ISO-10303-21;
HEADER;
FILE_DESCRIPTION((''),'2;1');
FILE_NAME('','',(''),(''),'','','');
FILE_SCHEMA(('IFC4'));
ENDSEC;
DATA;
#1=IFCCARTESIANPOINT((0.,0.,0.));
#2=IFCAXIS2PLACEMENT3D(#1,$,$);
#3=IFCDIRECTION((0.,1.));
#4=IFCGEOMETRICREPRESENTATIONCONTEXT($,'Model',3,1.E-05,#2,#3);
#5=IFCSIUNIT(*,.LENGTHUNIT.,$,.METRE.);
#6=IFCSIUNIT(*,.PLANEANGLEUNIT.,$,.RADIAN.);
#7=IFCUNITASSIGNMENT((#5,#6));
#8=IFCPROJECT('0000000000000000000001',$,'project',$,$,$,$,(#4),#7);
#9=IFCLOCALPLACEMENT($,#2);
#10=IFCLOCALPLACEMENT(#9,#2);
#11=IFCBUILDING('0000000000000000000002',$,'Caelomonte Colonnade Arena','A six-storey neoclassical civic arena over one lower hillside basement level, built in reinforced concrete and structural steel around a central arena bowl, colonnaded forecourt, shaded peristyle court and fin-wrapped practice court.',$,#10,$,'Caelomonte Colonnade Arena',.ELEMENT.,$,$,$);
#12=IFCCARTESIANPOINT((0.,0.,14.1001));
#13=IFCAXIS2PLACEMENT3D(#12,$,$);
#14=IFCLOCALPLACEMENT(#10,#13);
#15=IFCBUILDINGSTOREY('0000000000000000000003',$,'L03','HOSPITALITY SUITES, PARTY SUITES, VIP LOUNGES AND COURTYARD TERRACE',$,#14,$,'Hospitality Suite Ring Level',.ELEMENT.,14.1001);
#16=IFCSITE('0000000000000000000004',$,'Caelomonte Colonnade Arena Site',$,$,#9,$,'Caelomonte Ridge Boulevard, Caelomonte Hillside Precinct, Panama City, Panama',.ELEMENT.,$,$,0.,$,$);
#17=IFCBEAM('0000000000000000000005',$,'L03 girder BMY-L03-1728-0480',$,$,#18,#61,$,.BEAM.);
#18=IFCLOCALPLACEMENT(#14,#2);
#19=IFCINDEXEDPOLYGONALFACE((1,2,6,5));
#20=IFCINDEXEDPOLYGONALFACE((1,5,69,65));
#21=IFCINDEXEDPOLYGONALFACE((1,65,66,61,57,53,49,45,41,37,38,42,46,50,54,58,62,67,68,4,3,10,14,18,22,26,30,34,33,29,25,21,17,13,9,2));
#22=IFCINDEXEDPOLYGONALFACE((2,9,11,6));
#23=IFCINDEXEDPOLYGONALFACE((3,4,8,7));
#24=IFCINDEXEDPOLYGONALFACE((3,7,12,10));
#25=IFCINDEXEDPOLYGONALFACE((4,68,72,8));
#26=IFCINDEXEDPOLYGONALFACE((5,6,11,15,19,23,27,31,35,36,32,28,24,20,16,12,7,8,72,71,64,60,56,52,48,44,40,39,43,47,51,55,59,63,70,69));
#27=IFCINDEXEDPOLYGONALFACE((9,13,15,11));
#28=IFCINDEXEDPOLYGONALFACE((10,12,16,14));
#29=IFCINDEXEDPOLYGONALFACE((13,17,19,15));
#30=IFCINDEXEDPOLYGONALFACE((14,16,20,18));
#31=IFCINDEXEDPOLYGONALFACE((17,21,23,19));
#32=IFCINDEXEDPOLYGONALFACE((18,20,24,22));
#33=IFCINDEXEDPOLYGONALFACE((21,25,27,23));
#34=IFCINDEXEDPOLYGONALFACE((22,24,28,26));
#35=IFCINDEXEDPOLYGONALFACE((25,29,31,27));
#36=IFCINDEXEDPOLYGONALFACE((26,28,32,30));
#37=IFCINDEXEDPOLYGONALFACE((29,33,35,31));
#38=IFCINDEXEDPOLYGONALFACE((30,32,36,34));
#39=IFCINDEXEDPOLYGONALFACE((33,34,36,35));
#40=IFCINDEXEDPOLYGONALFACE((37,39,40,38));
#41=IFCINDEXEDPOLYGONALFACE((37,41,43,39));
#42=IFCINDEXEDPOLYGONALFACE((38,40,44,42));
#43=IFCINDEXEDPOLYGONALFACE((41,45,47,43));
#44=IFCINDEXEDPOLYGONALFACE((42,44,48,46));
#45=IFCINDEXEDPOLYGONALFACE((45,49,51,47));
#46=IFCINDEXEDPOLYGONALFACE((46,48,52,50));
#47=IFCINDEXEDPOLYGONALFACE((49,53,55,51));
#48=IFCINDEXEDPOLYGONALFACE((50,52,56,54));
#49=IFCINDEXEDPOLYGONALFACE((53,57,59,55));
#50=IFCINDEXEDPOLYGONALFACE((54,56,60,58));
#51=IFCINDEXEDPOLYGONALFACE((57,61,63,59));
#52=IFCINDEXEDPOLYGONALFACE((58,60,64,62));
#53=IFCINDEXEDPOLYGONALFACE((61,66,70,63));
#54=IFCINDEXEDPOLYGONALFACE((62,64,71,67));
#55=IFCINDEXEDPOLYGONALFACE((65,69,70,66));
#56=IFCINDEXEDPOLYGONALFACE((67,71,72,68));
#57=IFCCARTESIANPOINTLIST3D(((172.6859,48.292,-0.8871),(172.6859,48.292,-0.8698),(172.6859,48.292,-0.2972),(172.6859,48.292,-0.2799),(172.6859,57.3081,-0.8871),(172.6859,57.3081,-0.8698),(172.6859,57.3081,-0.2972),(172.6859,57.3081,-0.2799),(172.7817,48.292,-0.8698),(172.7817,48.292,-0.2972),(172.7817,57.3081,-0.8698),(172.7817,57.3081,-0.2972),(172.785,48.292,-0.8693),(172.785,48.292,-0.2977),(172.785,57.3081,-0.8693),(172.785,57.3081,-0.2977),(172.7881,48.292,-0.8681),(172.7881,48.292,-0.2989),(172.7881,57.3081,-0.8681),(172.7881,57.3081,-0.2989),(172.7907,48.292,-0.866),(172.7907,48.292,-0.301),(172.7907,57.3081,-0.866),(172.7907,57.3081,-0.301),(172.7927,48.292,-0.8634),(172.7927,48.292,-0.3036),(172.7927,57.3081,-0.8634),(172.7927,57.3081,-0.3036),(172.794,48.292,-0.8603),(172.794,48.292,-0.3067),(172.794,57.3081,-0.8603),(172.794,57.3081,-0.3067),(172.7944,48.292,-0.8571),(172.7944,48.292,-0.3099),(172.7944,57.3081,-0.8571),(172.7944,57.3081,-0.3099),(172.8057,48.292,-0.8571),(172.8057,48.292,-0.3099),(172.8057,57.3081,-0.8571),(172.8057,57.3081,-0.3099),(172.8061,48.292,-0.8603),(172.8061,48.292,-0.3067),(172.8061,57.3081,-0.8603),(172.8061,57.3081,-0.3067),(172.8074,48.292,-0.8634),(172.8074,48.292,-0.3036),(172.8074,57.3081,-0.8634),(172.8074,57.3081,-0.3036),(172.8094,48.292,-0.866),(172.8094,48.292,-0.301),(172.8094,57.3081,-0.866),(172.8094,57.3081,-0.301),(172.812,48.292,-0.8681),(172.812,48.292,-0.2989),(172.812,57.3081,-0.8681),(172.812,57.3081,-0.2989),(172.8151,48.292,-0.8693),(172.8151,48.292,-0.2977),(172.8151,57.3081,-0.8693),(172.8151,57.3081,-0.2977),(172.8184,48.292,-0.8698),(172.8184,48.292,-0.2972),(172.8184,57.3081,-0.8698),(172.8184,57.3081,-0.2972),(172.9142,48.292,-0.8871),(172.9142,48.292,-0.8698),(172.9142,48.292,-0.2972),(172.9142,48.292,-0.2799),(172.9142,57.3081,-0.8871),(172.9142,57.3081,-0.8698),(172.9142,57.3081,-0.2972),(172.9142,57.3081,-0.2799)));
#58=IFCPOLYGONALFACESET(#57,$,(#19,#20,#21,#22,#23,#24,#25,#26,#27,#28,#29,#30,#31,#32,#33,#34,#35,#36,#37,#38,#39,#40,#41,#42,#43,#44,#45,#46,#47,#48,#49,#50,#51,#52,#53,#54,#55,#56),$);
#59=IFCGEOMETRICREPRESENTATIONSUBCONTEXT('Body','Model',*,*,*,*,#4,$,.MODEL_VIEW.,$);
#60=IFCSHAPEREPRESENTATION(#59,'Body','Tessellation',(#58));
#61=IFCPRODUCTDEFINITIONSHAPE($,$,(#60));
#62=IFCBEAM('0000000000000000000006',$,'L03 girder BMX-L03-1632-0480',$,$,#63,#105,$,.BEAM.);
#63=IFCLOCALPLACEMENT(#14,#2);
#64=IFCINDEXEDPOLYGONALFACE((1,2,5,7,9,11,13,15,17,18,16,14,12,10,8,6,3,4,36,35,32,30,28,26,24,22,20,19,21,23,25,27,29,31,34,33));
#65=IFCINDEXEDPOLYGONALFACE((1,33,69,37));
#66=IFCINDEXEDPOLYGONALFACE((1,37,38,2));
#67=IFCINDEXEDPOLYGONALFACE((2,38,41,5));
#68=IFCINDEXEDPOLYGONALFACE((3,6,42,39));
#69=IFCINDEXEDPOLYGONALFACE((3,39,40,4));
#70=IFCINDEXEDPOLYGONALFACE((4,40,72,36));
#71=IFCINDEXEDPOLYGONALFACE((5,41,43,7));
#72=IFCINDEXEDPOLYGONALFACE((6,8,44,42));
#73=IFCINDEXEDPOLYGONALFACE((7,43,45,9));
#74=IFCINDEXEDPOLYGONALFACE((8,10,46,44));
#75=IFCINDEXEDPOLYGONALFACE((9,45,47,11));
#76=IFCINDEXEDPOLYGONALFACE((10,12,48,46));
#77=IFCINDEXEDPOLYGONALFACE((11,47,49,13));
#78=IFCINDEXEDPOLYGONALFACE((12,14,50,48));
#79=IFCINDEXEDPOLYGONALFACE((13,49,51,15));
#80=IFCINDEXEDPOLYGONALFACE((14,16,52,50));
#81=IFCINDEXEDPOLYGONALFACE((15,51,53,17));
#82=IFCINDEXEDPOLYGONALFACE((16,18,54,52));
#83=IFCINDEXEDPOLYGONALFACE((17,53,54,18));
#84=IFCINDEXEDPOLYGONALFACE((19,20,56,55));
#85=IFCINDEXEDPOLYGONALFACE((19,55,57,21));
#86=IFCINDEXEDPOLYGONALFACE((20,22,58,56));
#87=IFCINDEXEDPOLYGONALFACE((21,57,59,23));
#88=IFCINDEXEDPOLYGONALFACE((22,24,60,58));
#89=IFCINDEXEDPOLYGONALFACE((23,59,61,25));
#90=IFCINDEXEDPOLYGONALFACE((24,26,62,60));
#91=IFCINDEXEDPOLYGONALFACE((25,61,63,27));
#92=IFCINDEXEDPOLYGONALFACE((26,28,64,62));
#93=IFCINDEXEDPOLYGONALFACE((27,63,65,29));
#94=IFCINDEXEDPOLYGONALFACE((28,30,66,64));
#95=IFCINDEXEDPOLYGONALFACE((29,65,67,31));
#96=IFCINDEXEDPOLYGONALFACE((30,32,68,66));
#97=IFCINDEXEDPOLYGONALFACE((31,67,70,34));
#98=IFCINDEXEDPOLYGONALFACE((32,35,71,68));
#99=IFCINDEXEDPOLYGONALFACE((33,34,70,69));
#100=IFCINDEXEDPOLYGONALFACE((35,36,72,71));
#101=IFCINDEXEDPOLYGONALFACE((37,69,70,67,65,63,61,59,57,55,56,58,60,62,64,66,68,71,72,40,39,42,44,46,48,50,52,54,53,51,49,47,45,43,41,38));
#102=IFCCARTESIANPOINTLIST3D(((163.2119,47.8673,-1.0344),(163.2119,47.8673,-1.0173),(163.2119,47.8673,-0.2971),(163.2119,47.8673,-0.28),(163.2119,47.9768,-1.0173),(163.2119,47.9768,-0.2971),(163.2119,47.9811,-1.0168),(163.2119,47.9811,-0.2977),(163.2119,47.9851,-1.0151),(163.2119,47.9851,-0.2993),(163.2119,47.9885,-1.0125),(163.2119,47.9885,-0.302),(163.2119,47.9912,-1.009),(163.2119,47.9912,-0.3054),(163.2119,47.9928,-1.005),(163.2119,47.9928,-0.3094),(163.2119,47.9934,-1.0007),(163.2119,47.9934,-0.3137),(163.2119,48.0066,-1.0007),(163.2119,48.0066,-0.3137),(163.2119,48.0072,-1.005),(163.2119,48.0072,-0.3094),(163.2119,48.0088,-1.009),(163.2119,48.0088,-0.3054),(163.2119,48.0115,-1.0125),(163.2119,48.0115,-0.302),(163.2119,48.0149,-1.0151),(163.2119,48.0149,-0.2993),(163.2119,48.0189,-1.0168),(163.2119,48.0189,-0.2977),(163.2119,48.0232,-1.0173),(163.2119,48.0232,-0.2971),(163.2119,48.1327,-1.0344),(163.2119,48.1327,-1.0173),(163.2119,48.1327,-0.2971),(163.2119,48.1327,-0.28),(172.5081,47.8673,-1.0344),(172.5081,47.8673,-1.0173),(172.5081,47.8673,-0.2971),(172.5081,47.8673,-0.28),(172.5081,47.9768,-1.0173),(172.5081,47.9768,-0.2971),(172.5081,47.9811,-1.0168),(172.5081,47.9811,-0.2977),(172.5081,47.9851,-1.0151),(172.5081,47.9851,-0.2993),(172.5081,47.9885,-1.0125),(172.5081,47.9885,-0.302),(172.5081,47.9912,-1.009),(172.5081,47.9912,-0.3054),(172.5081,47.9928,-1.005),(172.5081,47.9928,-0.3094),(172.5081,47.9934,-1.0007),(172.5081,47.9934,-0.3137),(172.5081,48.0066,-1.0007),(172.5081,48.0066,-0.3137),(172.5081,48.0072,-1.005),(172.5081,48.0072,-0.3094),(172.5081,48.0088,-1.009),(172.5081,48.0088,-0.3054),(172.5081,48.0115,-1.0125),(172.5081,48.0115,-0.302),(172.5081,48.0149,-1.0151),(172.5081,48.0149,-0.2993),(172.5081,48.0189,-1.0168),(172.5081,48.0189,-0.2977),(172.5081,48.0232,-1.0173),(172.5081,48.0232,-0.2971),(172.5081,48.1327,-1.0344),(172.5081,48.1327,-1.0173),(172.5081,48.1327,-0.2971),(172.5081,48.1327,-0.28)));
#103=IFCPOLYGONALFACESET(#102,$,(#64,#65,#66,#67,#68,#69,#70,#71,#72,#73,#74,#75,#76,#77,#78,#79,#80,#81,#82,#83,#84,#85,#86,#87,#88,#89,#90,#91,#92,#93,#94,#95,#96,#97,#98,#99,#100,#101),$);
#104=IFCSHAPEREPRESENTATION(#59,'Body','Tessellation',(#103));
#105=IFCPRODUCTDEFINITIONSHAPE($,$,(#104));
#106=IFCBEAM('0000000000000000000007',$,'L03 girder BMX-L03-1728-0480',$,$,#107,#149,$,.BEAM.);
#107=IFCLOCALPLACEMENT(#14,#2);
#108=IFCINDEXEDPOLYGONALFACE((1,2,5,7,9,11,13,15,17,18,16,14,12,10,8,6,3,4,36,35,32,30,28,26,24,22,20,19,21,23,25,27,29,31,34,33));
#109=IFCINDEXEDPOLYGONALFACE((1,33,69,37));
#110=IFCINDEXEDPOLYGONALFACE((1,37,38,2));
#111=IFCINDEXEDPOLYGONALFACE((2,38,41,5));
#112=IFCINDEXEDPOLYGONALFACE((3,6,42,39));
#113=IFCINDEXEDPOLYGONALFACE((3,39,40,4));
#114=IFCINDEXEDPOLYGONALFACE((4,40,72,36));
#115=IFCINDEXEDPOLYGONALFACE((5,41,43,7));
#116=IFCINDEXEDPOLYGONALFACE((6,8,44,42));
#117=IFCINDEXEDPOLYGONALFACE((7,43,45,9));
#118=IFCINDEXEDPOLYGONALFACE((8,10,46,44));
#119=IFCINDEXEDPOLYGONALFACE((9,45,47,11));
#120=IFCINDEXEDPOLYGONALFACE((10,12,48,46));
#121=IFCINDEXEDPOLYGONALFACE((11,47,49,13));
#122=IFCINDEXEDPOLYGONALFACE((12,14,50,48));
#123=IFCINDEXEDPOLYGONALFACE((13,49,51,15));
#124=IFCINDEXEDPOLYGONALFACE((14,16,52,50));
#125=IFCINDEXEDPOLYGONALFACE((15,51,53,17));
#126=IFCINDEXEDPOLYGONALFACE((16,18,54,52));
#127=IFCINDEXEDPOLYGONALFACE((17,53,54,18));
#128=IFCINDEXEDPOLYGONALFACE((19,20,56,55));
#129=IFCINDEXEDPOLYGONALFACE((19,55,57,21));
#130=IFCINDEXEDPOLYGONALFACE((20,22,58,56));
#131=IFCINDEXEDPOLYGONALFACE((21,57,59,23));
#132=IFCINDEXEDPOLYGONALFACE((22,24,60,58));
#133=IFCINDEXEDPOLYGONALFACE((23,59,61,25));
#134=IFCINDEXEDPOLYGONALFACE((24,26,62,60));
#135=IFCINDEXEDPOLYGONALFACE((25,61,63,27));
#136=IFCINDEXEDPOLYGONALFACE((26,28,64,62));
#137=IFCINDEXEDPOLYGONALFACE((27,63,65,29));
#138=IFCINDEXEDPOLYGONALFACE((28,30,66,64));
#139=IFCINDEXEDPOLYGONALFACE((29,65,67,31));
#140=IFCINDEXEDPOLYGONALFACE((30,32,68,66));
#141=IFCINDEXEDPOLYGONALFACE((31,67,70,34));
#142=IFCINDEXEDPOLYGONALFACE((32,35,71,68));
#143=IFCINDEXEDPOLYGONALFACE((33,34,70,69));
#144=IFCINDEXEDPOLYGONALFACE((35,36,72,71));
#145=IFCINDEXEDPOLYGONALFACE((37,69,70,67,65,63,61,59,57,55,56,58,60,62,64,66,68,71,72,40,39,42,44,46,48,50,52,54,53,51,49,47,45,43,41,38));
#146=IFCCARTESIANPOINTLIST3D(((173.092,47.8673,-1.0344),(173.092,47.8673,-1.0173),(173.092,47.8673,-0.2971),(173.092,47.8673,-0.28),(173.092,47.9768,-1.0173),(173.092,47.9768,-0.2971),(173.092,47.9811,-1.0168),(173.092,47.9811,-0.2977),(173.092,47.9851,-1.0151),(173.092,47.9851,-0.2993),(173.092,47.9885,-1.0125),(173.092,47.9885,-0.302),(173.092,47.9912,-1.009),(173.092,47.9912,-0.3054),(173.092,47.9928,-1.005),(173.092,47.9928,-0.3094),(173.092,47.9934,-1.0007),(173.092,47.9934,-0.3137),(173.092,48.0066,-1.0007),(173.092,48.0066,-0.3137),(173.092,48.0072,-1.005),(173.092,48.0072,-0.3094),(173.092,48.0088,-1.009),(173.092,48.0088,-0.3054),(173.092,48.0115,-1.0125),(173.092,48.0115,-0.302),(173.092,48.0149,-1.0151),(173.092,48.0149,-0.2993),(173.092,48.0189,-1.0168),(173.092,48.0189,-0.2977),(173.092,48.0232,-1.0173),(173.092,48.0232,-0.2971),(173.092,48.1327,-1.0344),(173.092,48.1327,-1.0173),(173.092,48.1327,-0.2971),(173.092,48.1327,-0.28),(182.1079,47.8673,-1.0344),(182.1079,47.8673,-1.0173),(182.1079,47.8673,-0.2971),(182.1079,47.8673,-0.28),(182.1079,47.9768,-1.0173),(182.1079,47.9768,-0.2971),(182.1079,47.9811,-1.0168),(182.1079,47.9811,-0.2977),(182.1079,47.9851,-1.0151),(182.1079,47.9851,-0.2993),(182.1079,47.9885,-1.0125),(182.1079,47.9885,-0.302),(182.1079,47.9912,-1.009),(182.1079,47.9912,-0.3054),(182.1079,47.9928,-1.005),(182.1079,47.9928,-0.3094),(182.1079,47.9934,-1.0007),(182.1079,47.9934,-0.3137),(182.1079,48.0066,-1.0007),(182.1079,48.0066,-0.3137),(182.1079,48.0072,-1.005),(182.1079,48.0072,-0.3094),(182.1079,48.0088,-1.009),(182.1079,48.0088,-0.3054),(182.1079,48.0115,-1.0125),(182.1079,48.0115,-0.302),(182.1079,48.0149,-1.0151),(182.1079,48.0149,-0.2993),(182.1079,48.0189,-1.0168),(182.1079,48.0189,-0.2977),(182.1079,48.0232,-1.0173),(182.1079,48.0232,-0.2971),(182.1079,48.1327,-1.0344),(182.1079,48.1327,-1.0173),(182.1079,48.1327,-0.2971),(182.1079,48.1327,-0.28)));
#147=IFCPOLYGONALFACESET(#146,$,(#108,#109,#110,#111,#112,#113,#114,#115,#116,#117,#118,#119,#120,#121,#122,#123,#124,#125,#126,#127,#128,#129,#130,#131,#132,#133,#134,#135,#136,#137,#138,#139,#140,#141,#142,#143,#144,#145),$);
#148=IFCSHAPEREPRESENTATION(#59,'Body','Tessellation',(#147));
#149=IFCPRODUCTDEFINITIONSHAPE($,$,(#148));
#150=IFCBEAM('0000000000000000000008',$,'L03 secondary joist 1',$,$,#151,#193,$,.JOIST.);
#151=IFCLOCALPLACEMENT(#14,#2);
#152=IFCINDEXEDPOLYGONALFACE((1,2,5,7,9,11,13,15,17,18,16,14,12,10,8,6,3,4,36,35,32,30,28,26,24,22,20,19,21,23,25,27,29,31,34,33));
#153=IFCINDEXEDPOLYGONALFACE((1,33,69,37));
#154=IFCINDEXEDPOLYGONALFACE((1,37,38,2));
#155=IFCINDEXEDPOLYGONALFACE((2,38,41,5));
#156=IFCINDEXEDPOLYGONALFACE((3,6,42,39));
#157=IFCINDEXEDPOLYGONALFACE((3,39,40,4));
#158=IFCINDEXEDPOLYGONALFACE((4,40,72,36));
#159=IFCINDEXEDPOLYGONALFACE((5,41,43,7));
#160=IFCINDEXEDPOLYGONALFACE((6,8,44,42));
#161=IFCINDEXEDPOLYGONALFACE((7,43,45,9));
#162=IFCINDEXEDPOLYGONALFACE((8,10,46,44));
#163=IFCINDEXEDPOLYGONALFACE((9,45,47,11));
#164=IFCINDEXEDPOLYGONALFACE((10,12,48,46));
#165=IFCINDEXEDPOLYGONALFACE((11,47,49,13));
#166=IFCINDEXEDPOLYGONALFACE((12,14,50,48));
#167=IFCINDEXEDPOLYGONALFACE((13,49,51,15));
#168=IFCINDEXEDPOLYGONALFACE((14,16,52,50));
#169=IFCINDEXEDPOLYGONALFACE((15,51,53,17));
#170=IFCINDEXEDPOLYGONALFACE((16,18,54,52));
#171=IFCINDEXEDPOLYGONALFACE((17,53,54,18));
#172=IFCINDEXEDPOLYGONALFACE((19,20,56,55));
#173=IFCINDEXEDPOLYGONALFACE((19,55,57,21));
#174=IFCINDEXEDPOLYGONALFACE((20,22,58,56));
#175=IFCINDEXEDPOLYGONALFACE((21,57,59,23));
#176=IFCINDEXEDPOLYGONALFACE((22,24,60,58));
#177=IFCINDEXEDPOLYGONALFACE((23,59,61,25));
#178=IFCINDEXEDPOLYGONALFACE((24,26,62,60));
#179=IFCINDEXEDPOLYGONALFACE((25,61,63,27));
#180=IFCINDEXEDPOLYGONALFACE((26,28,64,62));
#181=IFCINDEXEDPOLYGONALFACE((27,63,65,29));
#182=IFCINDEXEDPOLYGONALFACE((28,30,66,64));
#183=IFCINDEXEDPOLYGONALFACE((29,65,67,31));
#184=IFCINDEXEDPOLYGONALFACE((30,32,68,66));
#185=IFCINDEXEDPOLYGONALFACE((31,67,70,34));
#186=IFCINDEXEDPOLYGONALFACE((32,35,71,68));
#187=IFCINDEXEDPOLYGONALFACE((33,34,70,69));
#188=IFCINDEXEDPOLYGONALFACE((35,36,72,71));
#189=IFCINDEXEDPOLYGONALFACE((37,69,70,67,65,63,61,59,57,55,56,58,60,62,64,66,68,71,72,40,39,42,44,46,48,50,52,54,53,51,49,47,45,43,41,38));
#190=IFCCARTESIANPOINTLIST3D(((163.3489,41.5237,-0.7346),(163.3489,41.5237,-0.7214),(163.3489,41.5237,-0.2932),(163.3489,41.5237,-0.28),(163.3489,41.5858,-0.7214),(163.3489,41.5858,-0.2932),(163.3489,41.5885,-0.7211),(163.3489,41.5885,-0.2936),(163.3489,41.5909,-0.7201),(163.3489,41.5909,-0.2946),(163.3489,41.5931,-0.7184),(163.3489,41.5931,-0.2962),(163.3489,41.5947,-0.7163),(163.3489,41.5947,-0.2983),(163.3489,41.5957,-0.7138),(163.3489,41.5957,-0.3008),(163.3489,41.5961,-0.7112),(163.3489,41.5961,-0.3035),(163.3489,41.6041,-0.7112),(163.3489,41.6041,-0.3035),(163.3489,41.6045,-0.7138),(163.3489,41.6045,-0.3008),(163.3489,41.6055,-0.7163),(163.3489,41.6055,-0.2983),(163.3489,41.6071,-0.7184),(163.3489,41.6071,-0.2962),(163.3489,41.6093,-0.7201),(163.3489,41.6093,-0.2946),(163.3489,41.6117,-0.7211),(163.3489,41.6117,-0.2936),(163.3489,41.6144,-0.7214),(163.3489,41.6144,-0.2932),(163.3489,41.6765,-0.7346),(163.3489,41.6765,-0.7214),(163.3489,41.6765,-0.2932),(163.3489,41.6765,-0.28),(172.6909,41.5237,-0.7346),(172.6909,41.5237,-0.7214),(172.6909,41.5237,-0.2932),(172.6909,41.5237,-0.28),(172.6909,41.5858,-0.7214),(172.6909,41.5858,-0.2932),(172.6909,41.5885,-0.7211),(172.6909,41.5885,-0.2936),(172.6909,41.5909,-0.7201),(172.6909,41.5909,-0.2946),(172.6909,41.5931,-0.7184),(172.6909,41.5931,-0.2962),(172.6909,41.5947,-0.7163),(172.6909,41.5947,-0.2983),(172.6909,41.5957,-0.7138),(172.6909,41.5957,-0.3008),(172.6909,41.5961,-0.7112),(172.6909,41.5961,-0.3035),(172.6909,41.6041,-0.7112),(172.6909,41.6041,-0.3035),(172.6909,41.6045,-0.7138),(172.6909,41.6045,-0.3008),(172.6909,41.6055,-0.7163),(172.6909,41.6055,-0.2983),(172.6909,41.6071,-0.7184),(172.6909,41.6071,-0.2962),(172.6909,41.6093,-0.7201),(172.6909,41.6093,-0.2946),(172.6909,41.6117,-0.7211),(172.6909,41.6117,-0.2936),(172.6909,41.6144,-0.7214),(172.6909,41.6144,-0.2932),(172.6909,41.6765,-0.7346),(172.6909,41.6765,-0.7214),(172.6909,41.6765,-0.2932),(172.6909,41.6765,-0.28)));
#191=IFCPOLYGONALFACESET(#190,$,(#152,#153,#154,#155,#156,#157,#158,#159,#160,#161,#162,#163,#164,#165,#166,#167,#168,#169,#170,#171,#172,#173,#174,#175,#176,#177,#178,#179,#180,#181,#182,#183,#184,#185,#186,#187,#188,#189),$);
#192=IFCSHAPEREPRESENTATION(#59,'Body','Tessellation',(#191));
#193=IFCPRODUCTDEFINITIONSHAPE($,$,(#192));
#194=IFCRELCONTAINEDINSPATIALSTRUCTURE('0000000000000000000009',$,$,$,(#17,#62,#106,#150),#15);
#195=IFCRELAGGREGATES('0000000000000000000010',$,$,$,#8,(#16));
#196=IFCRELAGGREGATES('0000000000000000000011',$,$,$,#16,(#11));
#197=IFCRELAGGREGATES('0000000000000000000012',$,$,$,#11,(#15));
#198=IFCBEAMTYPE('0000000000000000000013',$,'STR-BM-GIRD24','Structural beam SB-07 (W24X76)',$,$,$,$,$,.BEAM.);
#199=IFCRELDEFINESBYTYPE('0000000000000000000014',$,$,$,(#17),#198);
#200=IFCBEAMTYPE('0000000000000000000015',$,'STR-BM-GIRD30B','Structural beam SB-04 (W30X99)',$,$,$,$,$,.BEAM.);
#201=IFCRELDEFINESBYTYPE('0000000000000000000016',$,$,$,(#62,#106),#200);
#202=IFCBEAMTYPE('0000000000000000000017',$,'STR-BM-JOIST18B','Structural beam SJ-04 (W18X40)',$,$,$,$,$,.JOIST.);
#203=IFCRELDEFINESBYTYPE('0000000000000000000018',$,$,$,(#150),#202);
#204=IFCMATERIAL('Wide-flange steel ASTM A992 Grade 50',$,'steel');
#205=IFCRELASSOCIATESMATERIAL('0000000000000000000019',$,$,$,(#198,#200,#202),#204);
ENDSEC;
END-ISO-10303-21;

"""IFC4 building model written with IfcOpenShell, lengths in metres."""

from ifc_helpers import new_model, si_unit, direction, frame, origin, origin_2d, place, context, subcontext, project, spatial, i_section, extrude, material, material_profile, profile_set, type_object, element, save


model = new_model("IFC4")

# Units and contexts
model_context = context("Model", 3, precision=1e-05, world=origin(), true_north=direction((0.0, 1.0)))
body_context = subcontext(model_context, "Body", "Model", "MODEL_VIEW")
ifc_project = project(units=[si_unit("LENGTHUNIT", "METRE"), si_unit("PLANEANGLEUNIT", "RADIAN")], contexts=[model_context])

# Site, building, storey
site_placement = place(None, origin())
site = spatial("IfcSite", under=ifc_project, at=site_placement, Name="Caelomonte Colonnade Arena Site", LongName="Caelomonte Ridge Boulevard, Caelomonte Hillside Precinct, Panama City, Panama", CompositionType="ELEMENT", RefElevation=0.0)
building_placement = place(site_placement, origin())
building = spatial("IfcBuilding", under=site, at=building_placement, Name="Caelomonte Colonnade Arena", Description="A six-storey neoclassical civic arena over one lower hillside basement level, built in reinforced concrete and structural steel around a central arena bowl, colonnaded forecourt, shaded peristyle court and fin-wrapped practice court.", LongName="Caelomonte Colonnade Arena", CompositionType="ELEMENT")
storey_placement = place(building_placement, frame((0.0, 0.0, 14.1001)))
storey = spatial("IfcBuildingStorey", under=building, at=storey_placement, Name="L03", Description="HOSPITALITY SUITES, PARTY SUITES, VIP LOUNGES AND COURTYARD TERRACE", LongName="Hospitality Suite Ring Level", CompositionType="ELEMENT", Elevation=14.1001)

# Shared definitions
ifc_material_1 = material(Name="Wide-flange steel ASTM A992 Grade 50", Category="steel")

# Beams
ifc_material_profile_1 = material_profile(ifc_material_1, i_section(OverallWidth=0.2283, OverallDepth=0.6072, WebThickness=0.0112, FlangeThickness=0.0173, FilletRadius=0.0127, at=origin_2d()), Name="W24X76")
ifc_profile_set_1 = profile_set([ifc_material_profile_1], Name="Wide-flange steel ASTM A992 Grade 50")
beam_type_1 = type_object("IfcBeamType", Name="STR-BM-GIRD24", Description="Structural beam SB-07 (W24X76)", PredefinedType="BEAM", material=ifc_profile_set_1)
beam_1_placement = place(storey_placement, frame((172.8, 48.292, -0.5835), z_axis=(0.0, 1.0, 0.0), x_axis=(-1.0, 0.0, 0.0)))
element("IfcBeam", 1, at=beam_1_placement, inside=storey, type_object=beam_type_1, Name="L03 girder BMY-L03-1728-0480", PredefinedType="BEAM", context=body_context, shape_type="SweptSolid", body=[
    extrude(i_section(OverallWidth=0.2283, OverallDepth=0.6072, WebThickness=0.0112, FlangeThickness=0.0173, FilletRadius=0.0127, at=origin_2d()), origin(), (0.0, 0.0, 1.0), 9.0161),
])
ifc_material_profile_2 = material_profile(ifc_material_1, i_section(OverallWidth=0.2654, OverallDepth=0.7544, WebThickness=0.0132, FlangeThickness=0.0171, FilletRadius=0.0166, at=origin_2d()), Name="W30X99")
ifc_profile_set_2 = profile_set([ifc_material_profile_2], Name="Wide-flange steel ASTM A992 Grade 50")
beam_type_2 = type_object("IfcBeamType", Name="STR-BM-GIRD30B", Description="Structural beam SB-04 (W30X99)", PredefinedType="BEAM", material=ifc_profile_set_2)
beam_2_placement = place(storey_placement, frame((163.2119, 48.0, -0.6572), z_axis=(1.0, 0.0, 0.0), x_axis=(0.0, 1.0, 0.0)))
element("IfcBeam", 2, at=beam_2_placement, inside=storey, type_object=beam_type_2, Name="L03 girder BMX-L03-1632-0480", PredefinedType="BEAM", context=body_context, shape_type="SweptSolid", body=[
    extrude(i_section(OverallWidth=0.2654, OverallDepth=0.7544, WebThickness=0.0132, FlangeThickness=0.0171, FilletRadius=0.0166, at=origin_2d()), origin(), (0.0, 0.0, 1.0), 9.2961),
])
beam_3_placement = place(storey_placement, frame((173.092, 48.0, -0.6572), z_axis=(1.0, 0.0, 0.0), x_axis=(0.0, 1.0, 0.0)))
element("IfcBeam", 3, at=beam_3_placement, inside=storey, type_object=beam_type_2, Name="L03 girder BMX-L03-1728-0480", PredefinedType="BEAM", context=body_context, shape_type="SweptSolid", body=[
    extrude(i_section(OverallWidth=0.2654, OverallDepth=0.7544, WebThickness=0.0132, FlangeThickness=0.0171, FilletRadius=0.0166, at=origin_2d()), origin(), (0.0, 0.0, 1.0), 9.0159),
])
ifc_material_profile_3 = material_profile(ifc_material_1, i_section(OverallWidth=0.1528, OverallDepth=0.4546, WebThickness=0.0081, FlangeThickness=0.0132, FilletRadius=0.0103, at=origin_2d()), Name="W18X40")
ifc_profile_set_3 = profile_set([ifc_material_profile_3], Name="Wide-flange steel ASTM A992 Grade 50")
beam_type_3 = type_object("IfcBeamType", Name="STR-BM-JOIST18B", Description="Structural beam SJ-04 (W18X40)", PredefinedType="JOIST", material=ifc_profile_set_3)
for number, where, z_axis, x_axis, name in (
    (4, (163.3489, 41.6001, -0.5073), (1.0, 0.0, 0.0), (0.0, 1.0, 0.0), "L03 secondary joist 1"),
):
    element("IfcBeam", number, at=place(storey_placement, frame(where, z_axis=z_axis, x_axis=x_axis)), inside=storey, type_object=beam_type_3, Name=name, PredefinedType="JOIST", context=body_context, shape_type="SweptSolid", body=[
        extrude(i_section(OverallWidth=0.1528, OverallDepth=0.4546, WebThickness=0.0081, FlangeThickness=0.0132, FilletRadius=0.0103, at=origin_2d()), origin(), (0.0, 0.0, 1.0), 9.342),
    ])

save(model, "model.ifc")
